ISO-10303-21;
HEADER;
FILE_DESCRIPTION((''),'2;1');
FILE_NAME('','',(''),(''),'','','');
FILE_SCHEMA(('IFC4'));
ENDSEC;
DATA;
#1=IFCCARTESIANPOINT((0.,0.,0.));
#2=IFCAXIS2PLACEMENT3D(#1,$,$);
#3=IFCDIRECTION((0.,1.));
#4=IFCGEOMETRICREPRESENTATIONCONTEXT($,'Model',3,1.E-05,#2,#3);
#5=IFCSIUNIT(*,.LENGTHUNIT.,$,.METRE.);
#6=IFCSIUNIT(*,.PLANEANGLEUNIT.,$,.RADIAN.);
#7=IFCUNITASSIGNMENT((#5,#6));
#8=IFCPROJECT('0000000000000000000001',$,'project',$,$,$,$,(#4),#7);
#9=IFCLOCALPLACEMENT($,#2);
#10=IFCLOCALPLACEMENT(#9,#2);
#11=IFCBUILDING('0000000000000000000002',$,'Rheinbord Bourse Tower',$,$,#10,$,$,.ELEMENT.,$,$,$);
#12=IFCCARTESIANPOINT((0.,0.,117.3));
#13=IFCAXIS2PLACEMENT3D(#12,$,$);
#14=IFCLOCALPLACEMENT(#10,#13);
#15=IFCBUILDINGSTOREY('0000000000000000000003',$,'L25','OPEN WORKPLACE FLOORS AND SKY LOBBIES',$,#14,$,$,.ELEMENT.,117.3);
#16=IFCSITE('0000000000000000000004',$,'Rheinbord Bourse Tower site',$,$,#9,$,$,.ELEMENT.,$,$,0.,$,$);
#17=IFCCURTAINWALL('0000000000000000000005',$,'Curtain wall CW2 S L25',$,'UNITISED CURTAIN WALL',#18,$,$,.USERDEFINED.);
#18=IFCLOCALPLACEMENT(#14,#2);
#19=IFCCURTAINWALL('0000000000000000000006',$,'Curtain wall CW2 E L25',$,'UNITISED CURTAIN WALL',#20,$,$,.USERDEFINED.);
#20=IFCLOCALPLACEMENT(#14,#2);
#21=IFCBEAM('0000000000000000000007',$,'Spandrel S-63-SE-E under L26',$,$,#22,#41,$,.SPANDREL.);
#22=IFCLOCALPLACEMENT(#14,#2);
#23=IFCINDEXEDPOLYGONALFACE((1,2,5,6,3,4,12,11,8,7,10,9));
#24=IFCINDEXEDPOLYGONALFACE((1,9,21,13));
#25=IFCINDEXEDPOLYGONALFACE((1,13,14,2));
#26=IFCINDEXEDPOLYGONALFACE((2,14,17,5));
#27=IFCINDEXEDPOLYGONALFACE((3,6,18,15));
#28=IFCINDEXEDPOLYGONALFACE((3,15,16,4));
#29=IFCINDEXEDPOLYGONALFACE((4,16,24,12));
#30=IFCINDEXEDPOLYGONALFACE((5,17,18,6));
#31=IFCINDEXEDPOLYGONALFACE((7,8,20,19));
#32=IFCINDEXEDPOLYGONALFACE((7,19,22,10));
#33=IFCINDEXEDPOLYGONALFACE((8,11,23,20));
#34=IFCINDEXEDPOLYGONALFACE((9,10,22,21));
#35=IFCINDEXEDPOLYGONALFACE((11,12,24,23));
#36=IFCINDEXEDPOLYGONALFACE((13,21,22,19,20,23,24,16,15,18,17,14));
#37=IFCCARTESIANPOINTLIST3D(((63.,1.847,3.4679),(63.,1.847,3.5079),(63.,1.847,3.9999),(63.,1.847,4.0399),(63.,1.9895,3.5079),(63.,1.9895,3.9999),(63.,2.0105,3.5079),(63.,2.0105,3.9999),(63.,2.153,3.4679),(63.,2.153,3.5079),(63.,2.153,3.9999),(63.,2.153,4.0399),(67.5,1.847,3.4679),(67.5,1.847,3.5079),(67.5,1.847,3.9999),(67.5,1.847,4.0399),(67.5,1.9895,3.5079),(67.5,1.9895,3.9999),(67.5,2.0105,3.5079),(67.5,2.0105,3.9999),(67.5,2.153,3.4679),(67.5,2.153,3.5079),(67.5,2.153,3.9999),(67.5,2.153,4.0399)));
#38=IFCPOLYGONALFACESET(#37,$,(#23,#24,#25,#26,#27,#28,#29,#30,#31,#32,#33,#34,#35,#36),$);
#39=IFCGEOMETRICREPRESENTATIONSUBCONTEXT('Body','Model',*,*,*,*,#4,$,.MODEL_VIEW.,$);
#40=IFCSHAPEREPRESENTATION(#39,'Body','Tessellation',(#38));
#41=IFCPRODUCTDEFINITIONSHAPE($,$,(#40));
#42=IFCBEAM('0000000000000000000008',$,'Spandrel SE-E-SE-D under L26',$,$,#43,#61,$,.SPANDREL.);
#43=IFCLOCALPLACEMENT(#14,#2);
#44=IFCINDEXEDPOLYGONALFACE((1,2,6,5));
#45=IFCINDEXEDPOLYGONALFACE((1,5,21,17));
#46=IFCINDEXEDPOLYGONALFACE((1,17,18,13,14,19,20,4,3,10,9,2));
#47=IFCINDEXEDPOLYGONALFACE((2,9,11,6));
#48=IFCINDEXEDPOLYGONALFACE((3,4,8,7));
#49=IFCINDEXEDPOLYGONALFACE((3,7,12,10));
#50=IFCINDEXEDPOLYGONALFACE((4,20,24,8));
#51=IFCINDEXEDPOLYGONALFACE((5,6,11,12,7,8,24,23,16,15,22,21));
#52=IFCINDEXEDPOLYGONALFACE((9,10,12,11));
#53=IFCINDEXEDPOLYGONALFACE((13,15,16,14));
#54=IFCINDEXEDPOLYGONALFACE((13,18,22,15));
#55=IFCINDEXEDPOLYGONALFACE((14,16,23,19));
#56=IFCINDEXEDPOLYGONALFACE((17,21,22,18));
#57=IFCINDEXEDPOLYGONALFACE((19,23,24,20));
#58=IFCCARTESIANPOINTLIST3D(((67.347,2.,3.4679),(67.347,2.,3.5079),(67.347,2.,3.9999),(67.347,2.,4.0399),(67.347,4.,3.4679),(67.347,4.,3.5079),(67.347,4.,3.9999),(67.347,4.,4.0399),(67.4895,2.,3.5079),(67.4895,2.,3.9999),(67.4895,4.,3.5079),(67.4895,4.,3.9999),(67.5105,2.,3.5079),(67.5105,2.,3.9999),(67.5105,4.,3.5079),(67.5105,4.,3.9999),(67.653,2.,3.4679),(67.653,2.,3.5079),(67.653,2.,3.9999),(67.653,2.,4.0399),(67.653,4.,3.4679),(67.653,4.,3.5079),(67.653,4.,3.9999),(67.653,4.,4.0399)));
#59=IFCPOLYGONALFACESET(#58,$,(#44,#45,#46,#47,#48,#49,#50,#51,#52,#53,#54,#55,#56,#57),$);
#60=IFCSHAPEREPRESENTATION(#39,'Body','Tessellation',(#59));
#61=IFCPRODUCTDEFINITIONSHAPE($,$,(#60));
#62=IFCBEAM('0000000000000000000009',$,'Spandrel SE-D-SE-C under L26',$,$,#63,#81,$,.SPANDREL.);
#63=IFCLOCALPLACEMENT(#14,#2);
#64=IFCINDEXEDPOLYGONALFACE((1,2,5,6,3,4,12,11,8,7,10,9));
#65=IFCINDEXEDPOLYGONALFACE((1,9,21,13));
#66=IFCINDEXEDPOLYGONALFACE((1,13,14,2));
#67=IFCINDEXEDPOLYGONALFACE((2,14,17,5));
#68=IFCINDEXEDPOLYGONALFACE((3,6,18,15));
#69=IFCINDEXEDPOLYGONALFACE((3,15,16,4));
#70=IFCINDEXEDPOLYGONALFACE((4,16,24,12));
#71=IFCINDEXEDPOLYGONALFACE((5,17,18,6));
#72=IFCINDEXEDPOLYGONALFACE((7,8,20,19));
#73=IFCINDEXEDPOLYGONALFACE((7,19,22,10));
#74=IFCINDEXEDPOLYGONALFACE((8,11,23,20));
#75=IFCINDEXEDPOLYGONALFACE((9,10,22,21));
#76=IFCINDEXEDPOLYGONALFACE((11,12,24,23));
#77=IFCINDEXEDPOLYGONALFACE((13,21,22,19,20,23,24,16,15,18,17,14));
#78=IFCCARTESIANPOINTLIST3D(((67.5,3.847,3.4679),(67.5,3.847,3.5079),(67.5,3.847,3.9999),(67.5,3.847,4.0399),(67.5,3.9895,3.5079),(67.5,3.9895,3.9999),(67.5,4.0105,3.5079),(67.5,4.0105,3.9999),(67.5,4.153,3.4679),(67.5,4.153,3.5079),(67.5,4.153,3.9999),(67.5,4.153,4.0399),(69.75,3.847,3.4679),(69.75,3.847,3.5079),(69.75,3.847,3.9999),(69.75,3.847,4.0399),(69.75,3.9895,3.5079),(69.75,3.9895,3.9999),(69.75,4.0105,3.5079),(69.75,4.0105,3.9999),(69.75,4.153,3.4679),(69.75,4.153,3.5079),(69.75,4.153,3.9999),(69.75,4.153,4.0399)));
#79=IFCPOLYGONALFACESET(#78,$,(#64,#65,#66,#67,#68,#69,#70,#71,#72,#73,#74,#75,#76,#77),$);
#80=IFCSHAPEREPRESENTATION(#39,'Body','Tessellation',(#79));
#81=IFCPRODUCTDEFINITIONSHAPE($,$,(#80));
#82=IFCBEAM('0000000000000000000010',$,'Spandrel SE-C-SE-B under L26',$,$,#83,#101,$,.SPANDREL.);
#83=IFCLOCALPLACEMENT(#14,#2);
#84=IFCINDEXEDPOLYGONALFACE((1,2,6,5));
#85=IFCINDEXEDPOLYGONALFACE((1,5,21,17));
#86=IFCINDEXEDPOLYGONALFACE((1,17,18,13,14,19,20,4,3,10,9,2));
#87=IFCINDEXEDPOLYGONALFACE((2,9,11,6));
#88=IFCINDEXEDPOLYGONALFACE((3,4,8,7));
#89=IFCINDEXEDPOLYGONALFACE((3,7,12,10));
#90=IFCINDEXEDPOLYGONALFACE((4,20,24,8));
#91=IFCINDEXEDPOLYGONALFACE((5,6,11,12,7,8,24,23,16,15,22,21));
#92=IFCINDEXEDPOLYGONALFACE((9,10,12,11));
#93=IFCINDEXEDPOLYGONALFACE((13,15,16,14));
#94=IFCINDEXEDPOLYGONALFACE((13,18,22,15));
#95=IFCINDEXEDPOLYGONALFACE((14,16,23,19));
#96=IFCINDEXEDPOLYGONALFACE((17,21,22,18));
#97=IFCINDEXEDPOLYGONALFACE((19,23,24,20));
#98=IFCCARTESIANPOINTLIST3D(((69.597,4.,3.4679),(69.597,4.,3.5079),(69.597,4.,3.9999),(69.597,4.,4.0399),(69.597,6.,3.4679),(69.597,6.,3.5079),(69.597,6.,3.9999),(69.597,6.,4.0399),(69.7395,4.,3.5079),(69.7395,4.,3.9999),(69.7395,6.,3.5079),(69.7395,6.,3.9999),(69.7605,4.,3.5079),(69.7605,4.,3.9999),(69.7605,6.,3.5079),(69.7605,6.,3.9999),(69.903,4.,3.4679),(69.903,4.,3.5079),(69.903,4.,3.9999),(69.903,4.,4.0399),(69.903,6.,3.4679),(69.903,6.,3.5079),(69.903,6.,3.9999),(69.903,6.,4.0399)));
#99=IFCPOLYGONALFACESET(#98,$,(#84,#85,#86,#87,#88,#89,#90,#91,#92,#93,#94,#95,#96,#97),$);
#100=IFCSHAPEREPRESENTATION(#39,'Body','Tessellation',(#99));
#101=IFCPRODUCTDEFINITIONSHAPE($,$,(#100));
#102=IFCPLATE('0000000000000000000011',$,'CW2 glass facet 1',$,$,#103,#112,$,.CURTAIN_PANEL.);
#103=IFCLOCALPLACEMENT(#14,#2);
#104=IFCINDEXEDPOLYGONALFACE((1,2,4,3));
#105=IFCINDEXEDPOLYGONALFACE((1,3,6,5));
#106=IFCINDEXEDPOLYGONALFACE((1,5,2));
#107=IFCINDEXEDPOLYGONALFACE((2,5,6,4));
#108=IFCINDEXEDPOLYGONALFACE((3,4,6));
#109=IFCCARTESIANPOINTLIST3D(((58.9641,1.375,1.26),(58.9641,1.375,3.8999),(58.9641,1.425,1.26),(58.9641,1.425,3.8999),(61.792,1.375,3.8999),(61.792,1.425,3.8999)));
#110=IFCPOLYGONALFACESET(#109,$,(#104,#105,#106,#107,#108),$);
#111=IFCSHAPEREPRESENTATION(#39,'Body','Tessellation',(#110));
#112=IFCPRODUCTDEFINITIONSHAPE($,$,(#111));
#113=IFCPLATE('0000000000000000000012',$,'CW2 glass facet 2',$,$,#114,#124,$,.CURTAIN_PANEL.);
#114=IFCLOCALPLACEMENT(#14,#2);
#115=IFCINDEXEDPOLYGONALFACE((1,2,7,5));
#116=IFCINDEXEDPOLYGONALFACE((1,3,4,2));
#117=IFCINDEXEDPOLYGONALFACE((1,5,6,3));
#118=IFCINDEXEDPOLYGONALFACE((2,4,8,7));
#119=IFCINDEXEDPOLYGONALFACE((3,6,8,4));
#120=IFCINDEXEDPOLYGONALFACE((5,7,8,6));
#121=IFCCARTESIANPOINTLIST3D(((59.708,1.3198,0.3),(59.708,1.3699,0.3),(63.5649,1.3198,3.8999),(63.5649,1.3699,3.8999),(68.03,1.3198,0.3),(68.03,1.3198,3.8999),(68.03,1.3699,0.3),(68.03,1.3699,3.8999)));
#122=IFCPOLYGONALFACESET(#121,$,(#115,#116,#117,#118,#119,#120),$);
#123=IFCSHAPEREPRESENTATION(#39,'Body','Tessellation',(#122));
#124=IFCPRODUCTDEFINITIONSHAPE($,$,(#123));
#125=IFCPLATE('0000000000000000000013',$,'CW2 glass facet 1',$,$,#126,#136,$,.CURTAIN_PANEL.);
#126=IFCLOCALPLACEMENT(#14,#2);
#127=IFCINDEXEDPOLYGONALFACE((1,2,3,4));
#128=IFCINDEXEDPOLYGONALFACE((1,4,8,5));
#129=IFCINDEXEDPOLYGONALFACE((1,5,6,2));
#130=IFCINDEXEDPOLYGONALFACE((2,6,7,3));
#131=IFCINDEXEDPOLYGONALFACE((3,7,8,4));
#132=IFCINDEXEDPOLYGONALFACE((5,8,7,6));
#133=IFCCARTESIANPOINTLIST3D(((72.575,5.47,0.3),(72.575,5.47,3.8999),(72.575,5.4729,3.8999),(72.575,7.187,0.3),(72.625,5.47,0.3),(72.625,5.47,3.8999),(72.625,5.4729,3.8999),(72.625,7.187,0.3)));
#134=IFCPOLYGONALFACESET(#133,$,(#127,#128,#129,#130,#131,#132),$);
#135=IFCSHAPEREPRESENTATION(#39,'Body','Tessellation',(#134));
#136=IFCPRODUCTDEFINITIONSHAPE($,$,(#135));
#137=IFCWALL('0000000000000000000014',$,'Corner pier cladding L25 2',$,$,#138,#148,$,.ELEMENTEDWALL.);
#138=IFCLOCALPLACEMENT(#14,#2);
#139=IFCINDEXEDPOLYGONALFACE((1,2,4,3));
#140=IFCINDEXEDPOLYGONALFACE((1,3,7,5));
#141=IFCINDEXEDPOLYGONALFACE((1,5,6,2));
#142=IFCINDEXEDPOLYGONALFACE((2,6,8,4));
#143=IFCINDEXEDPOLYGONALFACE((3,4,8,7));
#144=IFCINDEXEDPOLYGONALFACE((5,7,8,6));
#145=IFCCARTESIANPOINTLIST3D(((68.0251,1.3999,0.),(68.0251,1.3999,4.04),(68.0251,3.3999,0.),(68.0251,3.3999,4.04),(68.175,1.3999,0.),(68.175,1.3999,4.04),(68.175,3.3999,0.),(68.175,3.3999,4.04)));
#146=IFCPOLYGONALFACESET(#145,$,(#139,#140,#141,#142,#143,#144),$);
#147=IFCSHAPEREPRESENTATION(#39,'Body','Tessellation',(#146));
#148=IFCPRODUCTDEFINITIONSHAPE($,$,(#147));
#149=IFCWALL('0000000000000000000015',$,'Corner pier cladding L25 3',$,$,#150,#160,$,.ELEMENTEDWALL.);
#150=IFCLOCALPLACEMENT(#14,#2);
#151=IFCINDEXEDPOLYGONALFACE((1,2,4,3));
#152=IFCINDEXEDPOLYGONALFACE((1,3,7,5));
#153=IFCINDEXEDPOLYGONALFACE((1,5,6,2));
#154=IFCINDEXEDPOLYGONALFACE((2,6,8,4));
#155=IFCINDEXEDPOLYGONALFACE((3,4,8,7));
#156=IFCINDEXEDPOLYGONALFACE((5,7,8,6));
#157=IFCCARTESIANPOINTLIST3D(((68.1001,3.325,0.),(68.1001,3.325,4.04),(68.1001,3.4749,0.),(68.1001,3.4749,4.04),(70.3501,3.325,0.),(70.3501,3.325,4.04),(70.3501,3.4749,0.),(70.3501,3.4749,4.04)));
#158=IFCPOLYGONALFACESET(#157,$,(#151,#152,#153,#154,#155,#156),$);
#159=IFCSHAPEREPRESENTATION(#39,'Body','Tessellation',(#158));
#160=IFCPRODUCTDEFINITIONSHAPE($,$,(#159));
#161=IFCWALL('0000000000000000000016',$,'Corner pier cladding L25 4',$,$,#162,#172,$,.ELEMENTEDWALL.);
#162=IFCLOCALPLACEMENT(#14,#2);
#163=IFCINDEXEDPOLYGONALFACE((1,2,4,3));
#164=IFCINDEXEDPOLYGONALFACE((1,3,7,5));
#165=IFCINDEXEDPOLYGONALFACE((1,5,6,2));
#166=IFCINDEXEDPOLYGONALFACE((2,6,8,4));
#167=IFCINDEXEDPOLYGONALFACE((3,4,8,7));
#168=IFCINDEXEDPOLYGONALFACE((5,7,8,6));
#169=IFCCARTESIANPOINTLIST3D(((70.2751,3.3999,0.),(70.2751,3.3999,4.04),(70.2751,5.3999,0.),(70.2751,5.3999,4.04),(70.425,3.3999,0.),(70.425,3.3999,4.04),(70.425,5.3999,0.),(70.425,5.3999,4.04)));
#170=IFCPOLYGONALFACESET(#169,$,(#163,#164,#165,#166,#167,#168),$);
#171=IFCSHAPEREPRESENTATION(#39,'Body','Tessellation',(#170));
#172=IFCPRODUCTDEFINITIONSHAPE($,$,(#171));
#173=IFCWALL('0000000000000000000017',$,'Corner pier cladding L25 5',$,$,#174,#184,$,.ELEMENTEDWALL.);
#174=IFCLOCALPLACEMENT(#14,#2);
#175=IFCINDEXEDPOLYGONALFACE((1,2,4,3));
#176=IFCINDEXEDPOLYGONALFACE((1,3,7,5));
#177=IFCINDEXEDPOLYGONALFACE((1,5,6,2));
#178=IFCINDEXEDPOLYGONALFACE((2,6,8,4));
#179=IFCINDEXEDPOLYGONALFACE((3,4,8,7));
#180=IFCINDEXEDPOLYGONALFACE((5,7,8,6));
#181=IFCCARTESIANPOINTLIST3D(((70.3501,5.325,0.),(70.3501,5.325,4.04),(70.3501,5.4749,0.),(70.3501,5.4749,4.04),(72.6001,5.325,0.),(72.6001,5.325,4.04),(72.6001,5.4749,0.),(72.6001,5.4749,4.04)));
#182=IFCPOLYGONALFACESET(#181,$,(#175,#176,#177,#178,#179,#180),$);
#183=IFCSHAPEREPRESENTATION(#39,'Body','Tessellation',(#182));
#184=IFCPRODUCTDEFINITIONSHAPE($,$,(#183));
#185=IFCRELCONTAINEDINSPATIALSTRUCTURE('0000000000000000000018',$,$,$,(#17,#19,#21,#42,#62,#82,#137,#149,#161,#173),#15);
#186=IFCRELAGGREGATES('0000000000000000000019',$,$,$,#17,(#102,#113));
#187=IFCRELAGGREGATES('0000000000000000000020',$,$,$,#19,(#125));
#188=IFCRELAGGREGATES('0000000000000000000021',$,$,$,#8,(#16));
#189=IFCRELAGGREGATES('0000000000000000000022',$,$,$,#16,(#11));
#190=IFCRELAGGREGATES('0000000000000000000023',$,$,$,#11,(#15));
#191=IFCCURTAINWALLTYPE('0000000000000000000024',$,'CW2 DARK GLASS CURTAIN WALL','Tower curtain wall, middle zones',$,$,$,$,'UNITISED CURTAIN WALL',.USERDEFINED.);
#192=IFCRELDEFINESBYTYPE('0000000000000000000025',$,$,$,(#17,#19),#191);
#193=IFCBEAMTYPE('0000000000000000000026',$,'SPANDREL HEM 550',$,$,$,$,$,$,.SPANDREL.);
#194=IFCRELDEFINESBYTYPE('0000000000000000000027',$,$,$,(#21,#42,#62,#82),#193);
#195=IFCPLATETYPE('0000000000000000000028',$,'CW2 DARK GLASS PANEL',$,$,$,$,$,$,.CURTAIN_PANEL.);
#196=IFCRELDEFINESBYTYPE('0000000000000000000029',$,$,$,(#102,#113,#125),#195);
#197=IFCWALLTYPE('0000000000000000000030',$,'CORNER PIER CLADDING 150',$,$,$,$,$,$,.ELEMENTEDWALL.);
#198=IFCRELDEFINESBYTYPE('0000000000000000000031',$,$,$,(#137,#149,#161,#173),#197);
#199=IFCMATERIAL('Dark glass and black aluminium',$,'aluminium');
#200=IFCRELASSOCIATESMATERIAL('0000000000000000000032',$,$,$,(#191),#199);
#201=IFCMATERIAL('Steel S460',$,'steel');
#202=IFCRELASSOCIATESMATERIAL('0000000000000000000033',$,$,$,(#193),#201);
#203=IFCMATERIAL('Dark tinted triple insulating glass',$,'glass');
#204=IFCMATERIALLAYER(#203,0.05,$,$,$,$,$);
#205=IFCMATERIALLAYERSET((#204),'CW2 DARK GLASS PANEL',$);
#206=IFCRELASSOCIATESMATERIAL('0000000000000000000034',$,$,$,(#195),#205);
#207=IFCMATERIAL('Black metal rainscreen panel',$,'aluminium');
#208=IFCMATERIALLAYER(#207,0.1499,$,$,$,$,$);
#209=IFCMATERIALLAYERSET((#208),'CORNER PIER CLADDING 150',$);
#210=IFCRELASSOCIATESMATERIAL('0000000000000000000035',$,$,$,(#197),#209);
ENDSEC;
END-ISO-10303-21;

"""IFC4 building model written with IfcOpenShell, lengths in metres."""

from ifc_helpers import new_model, si_unit, direction, frame, frame_2d, origin, origin_2d, place, context, subcontext, project, spatial, polyline, rectangle, i_section, outline, extrude, material, layer, layer_set, material_profile, profile_set, type_object, element, aggregate, save


model = new_model("IFC4")

# Units and contexts
model_context = context("Model", 3, precision=1e-05, world=origin(), true_north=direction((0.0, 1.0)))
body_context = subcontext(model_context, "Body", "Model", "MODEL_VIEW")
ifc_project = project(units=[si_unit("LENGTHUNIT", "METRE"), si_unit("PLANEANGLEUNIT", "RADIAN")], contexts=[model_context])

# Site, building, storey
site_placement = place(None, origin())
site = spatial("IfcSite", under=ifc_project, at=site_placement, Name="Rheinbord Bourse Tower site", CompositionType="ELEMENT", RefElevation=0.0)
building_placement = place(site_placement, origin())
building = spatial("IfcBuilding", under=site, at=building_placement, Name="Rheinbord Bourse Tower", CompositionType="ELEMENT")
storey_placement = place(building_placement, frame((0.0, 0.0, 117.3)))
storey = spatial("IfcBuildingStorey", under=building, at=storey_placement, Name="L25", Description="OPEN WORKPLACE FLOORS AND SKY LOBBIES", CompositionType="ELEMENT", Elevation=117.3)

# Curtain wall
ifc_material_1 = material(Name="Dark glass and black aluminium", Category="aluminium")
curtain_wall_type = type_object("IfcCurtainWallType", Name="CW2 DARK GLASS CURTAIN WALL", Description="Tower curtain wall, middle zones", ElementType="UNITISED CURTAIN WALL", PredefinedType="USERDEFINED", material=ifc_material_1)
curtain_wall_1_placement = place(storey_placement, origin())
curtain_wall_1 = element("IfcCurtainWall", 1, at=curtain_wall_1_placement, inside=storey, type_object=curtain_wall_type, Name="Curtain wall CW2 S L25", ObjectType="UNITISED CURTAIN WALL", PredefinedType="USERDEFINED")

# Curtain wall
curtain_wall_2_placement = place(storey_placement, origin())
curtain_wall_2 = element("IfcCurtainWall", 2, at=curtain_wall_2_placement, inside=storey, type_object=curtain_wall_type, Name="Curtain wall CW2 E L25", ObjectType="UNITISED CURTAIN WALL", PredefinedType="USERDEFINED")

# Beams
ifc_material_2 = material(Name="Steel S460", Category="steel")
ifc_material_profile_1 = material_profile(ifc_material_2, i_section(OverallWidth=0.3059, OverallDepth=0.572, WebThickness=0.021, FlangeThickness=0.04, at=origin_2d()), Name="HEM 550")
ifc_profile_set_1 = profile_set([ifc_material_profile_1], Name="Steel S460")
beam_type_1 = type_object("IfcBeamType", Name="SPANDREL HEM 550", PredefinedType="SPANDREL", material=ifc_profile_set_1)
for number, where, z_axis, x_axis, name in (
    (3, (63.0, 2.0, 3.7539), (1.0, 0.0, 0.0), (0.0, 1.0, 0.0), "Spandrel S-63-SE-E under L26"),
):
    element("IfcBeam", number, at=place(storey_placement, frame(where, z_axis=z_axis, x_axis=x_axis)), inside=storey, type_object=beam_type_1, Name=name, PredefinedType="SPANDREL", context=body_context, shape_type="SweptSolid", body=[
        extrude(i_section(OverallWidth=0.3059, OverallDepth=0.572, WebThickness=0.021, FlangeThickness=0.04, at=origin_2d()), origin(), (0.0, 0.0, 1.0), 4.5),
    ])
beam_1_placement = place(storey_placement, frame((67.5, 2.0, 3.7539), z_axis=(0.0, 1.0, 0.0), x_axis=(-1.0, 0.0, 0.0)))
element("IfcBeam", 4, at=beam_1_placement, inside=storey, type_object=beam_type_1, Name="Spandrel SE-E-SE-D under L26", PredefinedType="SPANDREL", context=body_context, shape_type="SweptSolid", body=[
    extrude(i_section(OverallWidth=0.3059, OverallDepth=0.572, WebThickness=0.021, FlangeThickness=0.04, at=origin_2d()), origin(), (0.0, 0.0, 1.0), 2.0),
])
beam_2_placement = place(storey_placement, frame((67.5, 4.0, 3.7539), z_axis=(1.0, 0.0, 0.0), x_axis=(0.0, 1.0, 0.0)))
element("IfcBeam", 5, at=beam_2_placement, inside=storey, type_object=beam_type_1, Name="Spandrel SE-D-SE-C under L26", PredefinedType="SPANDREL", context=body_context, shape_type="SweptSolid", body=[
    extrude(i_section(OverallWidth=0.3059, OverallDepth=0.572, WebThickness=0.021, FlangeThickness=0.04, at=origin_2d()), origin(), (0.0, 0.0, 1.0), 2.25),
])
beam_3_placement = place(storey_placement, frame((69.75, 4.0, 3.7539), z_axis=(0.0, 1.0, 0.0), x_axis=(-1.0, 0.0, 0.0)))
element("IfcBeam", 6, at=beam_3_placement, inside=storey, type_object=beam_type_1, Name="Spandrel SE-C-SE-B under L26", PredefinedType="SPANDREL", context=body_context, shape_type="SweptSolid", body=[
    extrude(i_section(OverallWidth=0.3059, OverallDepth=0.572, WebThickness=0.021, FlangeThickness=0.04, at=origin_2d()), origin(), (0.0, 0.0, 1.0), 2.0),
])

# Plates
ifc_material_3 = material(Name="Dark tinted triple insulating glass", Category="glass")
ifc_layer_1 = layer(ifc_material_3, 0.05)
ifc_layer_set_1 = layer_set([ifc_layer_1], Name="CW2 DARK GLASS PANEL")
plate_type = type_object("IfcPlateType", Name="CW2 DARK GLASS PANEL", PredefinedType="CURTAIN_PANEL", material=ifc_layer_set_1)
plate_1_placement = place(storey_placement, frame((58.9641, 1.375, 3.8999), z_axis=(0.0, 1.0, 0.0), x_axis=(1.0, 0.0, 0.0)))
plate_1 = element("IfcPlate", 7, at=plate_1_placement, type_object=plate_type, Name="CW2 glass facet 1", PredefinedType="CURTAIN_PANEL", context=body_context, shape_type="SweptSolid", body=[
    extrude(outline(polyline([(0.0, 0.0), (2.8279, 0.0), (0.0, 2.6399), (0.0, 0.0)])), origin(), (0.0, 0.0, 1.0), 0.05),
])
plate_2_placement = place(storey_placement, frame((68.03, 1.3198, 3.8999), z_axis=(0.0, 1.0, 0.0), x_axis=(0.0, 0.0, -1.0)))
plate_2 = element("IfcPlate", 8, at=plate_2_placement, type_object=plate_type, Name="CW2 glass facet 2", PredefinedType="CURTAIN_PANEL", context=body_context, shape_type="SweptSolid", body=[
    extrude(outline(polyline([(0.0, 0.0), (3.5999, 0.0), (3.5999, 8.322), (0.0, 4.4651), (0.0, 0.0)])), origin(), (0.0, 0.0, 1.0), 0.05),
])
aggregate(curtain_wall_1, [plate_1, plate_2])
plate_3_placement = place(storey_placement, frame((72.625, 5.47, 0.3), z_axis=(-1.0, 0.0, 0.0), x_axis=(0.0, 0.0, 1.0)))
plate_3 = element("IfcPlate", 9, at=plate_3_placement, type_object=plate_type, Name="CW2 glass facet 1", PredefinedType="CURTAIN_PANEL", context=body_context, shape_type="SweptSolid", body=[
    extrude(outline(polyline([(0.0, 0.0), (3.5999, 0.0), (3.5999, 0.0029), (0.0, 1.717), (0.0, 0.0)])), origin(), (0.0, 0.0, 1.0), 0.05),
])
aggregate(curtain_wall_2, [plate_3])

# Walls
ifc_material_4 = material(Name="Black metal rainscreen panel", Category="aluminium")
ifc_layer_2 = layer(ifc_material_4, 0.1499)
ifc_layer_set_2 = layer_set([ifc_layer_2], Name="CORNER PIER CLADDING 150")
wall_type = type_object("IfcWallType", Name="CORNER PIER CLADDING 150", PredefinedType="ELEMENTEDWALL", material=ifc_layer_set_2)
wall_1_placement = place(storey_placement, frame((68.1001, 1.3999, 0.0), z_axis=(0.0, 0.0, 1.0), x_axis=(0.0, 1.0, 0.0)))
element("IfcWall", 10, at=wall_1_placement, inside=storey, type_object=wall_type, Name="Corner pier cladding L25 2", PredefinedType="ELEMENTEDWALL", context=body_context, shape_type="SweptSolid", body=[
    extrude(rectangle(XDim=2.0, YDim=0.1499, at=frame_2d((1.0, 0.0))), origin(), (0.0, 0.0, 1.0), 4.04),
])
wall_2_placement = place(storey_placement, frame((68.1001, 3.3999, 0.0), z_axis=(0.0, 0.0, 1.0), x_axis=(1.0, 0.0, 0.0)))
element("IfcWall", 11, at=wall_2_placement, inside=storey, type_object=wall_type, Name="Corner pier cladding L25 3", PredefinedType="ELEMENTEDWALL", context=body_context, shape_type="SweptSolid", body=[
    extrude(rectangle(XDim=2.25, YDim=0.1499, at=frame_2d((1.125, 0.0))), origin(), (0.0, 0.0, 1.0), 4.04),
])
wall_3_placement = place(storey_placement, frame((70.3501, 3.3999, 0.0), z_axis=(0.0, 0.0, 1.0), x_axis=(0.0, 1.0, 0.0)))
element("IfcWall", 12, at=wall_3_placement, inside=storey, type_object=wall_type, Name="Corner pier cladding L25 4", PredefinedType="ELEMENTEDWALL", context=body_context, shape_type="SweptSolid", body=[
    extrude(rectangle(XDim=2.0, YDim=0.1499, at=frame_2d((1.0, 0.0))), origin(), (0.0, 0.0, 1.0), 4.04),
])
wall_4_placement = place(storey_placement, frame((70.3501, 5.3999, 0.0), z_axis=(0.0, 0.0, 1.0), x_axis=(1.0, 0.0, 0.0)))
element("IfcWall", 13, at=wall_4_placement, inside=storey, type_object=wall_type, Name="Corner pier cladding L25 5", PredefinedType="ELEMENTEDWALL", context=body_context, shape_type="SweptSolid", body=[
    extrude(rectangle(XDim=2.25, YDim=0.1499, at=frame_2d((1.125, 0.0))), origin(), (0.0, 0.0, 1.0), 4.04),
])

save(model, "model.ifc")
